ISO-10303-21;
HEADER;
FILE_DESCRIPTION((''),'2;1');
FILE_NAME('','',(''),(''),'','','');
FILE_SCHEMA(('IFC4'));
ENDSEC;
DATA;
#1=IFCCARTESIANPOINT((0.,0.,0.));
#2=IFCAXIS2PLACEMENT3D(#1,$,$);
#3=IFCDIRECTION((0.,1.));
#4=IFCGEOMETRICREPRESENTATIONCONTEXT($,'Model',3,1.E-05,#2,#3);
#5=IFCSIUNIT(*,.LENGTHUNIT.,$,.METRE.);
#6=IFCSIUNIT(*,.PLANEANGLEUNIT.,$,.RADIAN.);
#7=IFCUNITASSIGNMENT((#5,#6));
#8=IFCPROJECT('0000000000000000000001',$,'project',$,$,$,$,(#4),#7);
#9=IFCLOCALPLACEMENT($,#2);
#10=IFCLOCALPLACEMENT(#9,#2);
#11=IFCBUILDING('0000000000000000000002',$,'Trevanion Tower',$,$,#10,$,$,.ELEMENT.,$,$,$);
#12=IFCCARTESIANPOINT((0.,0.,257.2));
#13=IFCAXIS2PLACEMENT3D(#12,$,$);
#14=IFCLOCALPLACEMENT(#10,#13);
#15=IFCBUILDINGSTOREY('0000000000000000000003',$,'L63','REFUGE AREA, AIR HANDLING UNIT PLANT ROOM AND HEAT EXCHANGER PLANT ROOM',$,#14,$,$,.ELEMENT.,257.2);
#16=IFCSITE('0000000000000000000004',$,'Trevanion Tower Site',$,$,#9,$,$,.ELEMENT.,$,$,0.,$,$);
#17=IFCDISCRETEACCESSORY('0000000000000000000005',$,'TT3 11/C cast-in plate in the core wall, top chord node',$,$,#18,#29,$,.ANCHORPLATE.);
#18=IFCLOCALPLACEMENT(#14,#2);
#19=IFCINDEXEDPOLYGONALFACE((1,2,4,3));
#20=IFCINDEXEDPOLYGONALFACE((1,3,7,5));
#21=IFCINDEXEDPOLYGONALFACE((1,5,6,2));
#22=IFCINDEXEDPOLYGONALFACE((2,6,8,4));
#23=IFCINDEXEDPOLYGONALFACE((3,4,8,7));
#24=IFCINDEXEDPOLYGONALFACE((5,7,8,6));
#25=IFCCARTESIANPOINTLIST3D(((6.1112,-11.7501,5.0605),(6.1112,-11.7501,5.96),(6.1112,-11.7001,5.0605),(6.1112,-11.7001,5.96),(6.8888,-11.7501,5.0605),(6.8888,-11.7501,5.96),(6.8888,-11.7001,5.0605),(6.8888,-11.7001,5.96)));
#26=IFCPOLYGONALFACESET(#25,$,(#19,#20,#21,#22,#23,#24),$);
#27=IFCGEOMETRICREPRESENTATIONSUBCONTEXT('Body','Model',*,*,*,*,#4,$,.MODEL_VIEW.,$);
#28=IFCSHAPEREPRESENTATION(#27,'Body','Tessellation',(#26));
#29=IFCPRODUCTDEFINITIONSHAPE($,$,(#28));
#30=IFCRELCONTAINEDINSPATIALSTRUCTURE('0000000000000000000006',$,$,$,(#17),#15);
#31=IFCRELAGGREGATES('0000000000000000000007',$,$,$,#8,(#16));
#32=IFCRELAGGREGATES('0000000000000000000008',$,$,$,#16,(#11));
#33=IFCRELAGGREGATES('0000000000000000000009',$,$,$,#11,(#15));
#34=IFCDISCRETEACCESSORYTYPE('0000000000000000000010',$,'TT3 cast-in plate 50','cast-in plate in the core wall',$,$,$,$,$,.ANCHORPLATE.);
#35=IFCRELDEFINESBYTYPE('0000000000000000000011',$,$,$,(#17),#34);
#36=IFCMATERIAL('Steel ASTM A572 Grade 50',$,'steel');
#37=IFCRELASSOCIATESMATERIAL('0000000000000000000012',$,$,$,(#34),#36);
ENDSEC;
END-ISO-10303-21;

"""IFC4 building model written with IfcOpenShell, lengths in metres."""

from ifc_helpers import new_model, si_unit, direction, frame, origin, origin_2d, place, context, subcontext, project, spatial, rectangle, extrude, material, type_object, element, save


model = new_model("IFC4")

# Units and contexts
model_context = context("Model", 3, precision=1e-05, world=origin(), true_north=direction((0.0, 1.0)))
body_context = subcontext(model_context, "Body", "Model", "MODEL_VIEW")
ifc_project = project(units=[si_unit("LENGTHUNIT", "METRE"), si_unit("PLANEANGLEUNIT", "RADIAN")], contexts=[model_context])

# Site, building, storey
site_placement = place(None, origin())
site = spatial("IfcSite", under=ifc_project, at=site_placement, Name="Trevanion Tower Site", CompositionType="ELEMENT", RefElevation=0.0)
building_placement = place(site_placement, origin())
building = spatial("IfcBuilding", under=site, at=building_placement, Name="Trevanion Tower", CompositionType="ELEMENT")
storey_placement = place(building_placement, frame((0.0, 0.0, 257.2)))
storey = spatial("IfcBuildingStorey", under=building, at=storey_placement, Name="L63", Description="REFUGE AREA, AIR HANDLING UNIT PLANT ROOM AND HEAT EXCHANGER PLANT ROOM", CompositionType="ELEMENT", Elevation=257.2)

# Discrete accessory
ifc_material_1 = material(Name="Steel ASTM A572 Grade 50", Category="steel")
discrete_accessory_type = type_object("IfcDiscreteAccessoryType", Name="TT3 cast-in plate 50", Description="cast-in plate in the core wall", PredefinedType="ANCHORPLATE", material=ifc_material_1)
for number, where, z_axis, x_axis, name in (
    (1, (6.5, -11.7251, 5.0605), (0.0, 0.0, 1.0), (0.0, -1.0, 0.0), "TT3 11/C cast-in plate in the core wall, top chord node"),
):
    element("IfcDiscreteAccessory", number, at=place(storey_placement, frame(where, z_axis=z_axis, x_axis=x_axis)), inside=storey, type_object=discrete_accessory_type, Name=name, PredefinedType="ANCHORPLATE", context=body_context, shape_type="SweptSolid", body=[
        extrude(rectangle(XDim=0.05, YDim=0.7776, at=origin_2d()), origin(), (0.0, 0.0, 1.0), 0.8994),
    ])

save(model, "model.ifc")
